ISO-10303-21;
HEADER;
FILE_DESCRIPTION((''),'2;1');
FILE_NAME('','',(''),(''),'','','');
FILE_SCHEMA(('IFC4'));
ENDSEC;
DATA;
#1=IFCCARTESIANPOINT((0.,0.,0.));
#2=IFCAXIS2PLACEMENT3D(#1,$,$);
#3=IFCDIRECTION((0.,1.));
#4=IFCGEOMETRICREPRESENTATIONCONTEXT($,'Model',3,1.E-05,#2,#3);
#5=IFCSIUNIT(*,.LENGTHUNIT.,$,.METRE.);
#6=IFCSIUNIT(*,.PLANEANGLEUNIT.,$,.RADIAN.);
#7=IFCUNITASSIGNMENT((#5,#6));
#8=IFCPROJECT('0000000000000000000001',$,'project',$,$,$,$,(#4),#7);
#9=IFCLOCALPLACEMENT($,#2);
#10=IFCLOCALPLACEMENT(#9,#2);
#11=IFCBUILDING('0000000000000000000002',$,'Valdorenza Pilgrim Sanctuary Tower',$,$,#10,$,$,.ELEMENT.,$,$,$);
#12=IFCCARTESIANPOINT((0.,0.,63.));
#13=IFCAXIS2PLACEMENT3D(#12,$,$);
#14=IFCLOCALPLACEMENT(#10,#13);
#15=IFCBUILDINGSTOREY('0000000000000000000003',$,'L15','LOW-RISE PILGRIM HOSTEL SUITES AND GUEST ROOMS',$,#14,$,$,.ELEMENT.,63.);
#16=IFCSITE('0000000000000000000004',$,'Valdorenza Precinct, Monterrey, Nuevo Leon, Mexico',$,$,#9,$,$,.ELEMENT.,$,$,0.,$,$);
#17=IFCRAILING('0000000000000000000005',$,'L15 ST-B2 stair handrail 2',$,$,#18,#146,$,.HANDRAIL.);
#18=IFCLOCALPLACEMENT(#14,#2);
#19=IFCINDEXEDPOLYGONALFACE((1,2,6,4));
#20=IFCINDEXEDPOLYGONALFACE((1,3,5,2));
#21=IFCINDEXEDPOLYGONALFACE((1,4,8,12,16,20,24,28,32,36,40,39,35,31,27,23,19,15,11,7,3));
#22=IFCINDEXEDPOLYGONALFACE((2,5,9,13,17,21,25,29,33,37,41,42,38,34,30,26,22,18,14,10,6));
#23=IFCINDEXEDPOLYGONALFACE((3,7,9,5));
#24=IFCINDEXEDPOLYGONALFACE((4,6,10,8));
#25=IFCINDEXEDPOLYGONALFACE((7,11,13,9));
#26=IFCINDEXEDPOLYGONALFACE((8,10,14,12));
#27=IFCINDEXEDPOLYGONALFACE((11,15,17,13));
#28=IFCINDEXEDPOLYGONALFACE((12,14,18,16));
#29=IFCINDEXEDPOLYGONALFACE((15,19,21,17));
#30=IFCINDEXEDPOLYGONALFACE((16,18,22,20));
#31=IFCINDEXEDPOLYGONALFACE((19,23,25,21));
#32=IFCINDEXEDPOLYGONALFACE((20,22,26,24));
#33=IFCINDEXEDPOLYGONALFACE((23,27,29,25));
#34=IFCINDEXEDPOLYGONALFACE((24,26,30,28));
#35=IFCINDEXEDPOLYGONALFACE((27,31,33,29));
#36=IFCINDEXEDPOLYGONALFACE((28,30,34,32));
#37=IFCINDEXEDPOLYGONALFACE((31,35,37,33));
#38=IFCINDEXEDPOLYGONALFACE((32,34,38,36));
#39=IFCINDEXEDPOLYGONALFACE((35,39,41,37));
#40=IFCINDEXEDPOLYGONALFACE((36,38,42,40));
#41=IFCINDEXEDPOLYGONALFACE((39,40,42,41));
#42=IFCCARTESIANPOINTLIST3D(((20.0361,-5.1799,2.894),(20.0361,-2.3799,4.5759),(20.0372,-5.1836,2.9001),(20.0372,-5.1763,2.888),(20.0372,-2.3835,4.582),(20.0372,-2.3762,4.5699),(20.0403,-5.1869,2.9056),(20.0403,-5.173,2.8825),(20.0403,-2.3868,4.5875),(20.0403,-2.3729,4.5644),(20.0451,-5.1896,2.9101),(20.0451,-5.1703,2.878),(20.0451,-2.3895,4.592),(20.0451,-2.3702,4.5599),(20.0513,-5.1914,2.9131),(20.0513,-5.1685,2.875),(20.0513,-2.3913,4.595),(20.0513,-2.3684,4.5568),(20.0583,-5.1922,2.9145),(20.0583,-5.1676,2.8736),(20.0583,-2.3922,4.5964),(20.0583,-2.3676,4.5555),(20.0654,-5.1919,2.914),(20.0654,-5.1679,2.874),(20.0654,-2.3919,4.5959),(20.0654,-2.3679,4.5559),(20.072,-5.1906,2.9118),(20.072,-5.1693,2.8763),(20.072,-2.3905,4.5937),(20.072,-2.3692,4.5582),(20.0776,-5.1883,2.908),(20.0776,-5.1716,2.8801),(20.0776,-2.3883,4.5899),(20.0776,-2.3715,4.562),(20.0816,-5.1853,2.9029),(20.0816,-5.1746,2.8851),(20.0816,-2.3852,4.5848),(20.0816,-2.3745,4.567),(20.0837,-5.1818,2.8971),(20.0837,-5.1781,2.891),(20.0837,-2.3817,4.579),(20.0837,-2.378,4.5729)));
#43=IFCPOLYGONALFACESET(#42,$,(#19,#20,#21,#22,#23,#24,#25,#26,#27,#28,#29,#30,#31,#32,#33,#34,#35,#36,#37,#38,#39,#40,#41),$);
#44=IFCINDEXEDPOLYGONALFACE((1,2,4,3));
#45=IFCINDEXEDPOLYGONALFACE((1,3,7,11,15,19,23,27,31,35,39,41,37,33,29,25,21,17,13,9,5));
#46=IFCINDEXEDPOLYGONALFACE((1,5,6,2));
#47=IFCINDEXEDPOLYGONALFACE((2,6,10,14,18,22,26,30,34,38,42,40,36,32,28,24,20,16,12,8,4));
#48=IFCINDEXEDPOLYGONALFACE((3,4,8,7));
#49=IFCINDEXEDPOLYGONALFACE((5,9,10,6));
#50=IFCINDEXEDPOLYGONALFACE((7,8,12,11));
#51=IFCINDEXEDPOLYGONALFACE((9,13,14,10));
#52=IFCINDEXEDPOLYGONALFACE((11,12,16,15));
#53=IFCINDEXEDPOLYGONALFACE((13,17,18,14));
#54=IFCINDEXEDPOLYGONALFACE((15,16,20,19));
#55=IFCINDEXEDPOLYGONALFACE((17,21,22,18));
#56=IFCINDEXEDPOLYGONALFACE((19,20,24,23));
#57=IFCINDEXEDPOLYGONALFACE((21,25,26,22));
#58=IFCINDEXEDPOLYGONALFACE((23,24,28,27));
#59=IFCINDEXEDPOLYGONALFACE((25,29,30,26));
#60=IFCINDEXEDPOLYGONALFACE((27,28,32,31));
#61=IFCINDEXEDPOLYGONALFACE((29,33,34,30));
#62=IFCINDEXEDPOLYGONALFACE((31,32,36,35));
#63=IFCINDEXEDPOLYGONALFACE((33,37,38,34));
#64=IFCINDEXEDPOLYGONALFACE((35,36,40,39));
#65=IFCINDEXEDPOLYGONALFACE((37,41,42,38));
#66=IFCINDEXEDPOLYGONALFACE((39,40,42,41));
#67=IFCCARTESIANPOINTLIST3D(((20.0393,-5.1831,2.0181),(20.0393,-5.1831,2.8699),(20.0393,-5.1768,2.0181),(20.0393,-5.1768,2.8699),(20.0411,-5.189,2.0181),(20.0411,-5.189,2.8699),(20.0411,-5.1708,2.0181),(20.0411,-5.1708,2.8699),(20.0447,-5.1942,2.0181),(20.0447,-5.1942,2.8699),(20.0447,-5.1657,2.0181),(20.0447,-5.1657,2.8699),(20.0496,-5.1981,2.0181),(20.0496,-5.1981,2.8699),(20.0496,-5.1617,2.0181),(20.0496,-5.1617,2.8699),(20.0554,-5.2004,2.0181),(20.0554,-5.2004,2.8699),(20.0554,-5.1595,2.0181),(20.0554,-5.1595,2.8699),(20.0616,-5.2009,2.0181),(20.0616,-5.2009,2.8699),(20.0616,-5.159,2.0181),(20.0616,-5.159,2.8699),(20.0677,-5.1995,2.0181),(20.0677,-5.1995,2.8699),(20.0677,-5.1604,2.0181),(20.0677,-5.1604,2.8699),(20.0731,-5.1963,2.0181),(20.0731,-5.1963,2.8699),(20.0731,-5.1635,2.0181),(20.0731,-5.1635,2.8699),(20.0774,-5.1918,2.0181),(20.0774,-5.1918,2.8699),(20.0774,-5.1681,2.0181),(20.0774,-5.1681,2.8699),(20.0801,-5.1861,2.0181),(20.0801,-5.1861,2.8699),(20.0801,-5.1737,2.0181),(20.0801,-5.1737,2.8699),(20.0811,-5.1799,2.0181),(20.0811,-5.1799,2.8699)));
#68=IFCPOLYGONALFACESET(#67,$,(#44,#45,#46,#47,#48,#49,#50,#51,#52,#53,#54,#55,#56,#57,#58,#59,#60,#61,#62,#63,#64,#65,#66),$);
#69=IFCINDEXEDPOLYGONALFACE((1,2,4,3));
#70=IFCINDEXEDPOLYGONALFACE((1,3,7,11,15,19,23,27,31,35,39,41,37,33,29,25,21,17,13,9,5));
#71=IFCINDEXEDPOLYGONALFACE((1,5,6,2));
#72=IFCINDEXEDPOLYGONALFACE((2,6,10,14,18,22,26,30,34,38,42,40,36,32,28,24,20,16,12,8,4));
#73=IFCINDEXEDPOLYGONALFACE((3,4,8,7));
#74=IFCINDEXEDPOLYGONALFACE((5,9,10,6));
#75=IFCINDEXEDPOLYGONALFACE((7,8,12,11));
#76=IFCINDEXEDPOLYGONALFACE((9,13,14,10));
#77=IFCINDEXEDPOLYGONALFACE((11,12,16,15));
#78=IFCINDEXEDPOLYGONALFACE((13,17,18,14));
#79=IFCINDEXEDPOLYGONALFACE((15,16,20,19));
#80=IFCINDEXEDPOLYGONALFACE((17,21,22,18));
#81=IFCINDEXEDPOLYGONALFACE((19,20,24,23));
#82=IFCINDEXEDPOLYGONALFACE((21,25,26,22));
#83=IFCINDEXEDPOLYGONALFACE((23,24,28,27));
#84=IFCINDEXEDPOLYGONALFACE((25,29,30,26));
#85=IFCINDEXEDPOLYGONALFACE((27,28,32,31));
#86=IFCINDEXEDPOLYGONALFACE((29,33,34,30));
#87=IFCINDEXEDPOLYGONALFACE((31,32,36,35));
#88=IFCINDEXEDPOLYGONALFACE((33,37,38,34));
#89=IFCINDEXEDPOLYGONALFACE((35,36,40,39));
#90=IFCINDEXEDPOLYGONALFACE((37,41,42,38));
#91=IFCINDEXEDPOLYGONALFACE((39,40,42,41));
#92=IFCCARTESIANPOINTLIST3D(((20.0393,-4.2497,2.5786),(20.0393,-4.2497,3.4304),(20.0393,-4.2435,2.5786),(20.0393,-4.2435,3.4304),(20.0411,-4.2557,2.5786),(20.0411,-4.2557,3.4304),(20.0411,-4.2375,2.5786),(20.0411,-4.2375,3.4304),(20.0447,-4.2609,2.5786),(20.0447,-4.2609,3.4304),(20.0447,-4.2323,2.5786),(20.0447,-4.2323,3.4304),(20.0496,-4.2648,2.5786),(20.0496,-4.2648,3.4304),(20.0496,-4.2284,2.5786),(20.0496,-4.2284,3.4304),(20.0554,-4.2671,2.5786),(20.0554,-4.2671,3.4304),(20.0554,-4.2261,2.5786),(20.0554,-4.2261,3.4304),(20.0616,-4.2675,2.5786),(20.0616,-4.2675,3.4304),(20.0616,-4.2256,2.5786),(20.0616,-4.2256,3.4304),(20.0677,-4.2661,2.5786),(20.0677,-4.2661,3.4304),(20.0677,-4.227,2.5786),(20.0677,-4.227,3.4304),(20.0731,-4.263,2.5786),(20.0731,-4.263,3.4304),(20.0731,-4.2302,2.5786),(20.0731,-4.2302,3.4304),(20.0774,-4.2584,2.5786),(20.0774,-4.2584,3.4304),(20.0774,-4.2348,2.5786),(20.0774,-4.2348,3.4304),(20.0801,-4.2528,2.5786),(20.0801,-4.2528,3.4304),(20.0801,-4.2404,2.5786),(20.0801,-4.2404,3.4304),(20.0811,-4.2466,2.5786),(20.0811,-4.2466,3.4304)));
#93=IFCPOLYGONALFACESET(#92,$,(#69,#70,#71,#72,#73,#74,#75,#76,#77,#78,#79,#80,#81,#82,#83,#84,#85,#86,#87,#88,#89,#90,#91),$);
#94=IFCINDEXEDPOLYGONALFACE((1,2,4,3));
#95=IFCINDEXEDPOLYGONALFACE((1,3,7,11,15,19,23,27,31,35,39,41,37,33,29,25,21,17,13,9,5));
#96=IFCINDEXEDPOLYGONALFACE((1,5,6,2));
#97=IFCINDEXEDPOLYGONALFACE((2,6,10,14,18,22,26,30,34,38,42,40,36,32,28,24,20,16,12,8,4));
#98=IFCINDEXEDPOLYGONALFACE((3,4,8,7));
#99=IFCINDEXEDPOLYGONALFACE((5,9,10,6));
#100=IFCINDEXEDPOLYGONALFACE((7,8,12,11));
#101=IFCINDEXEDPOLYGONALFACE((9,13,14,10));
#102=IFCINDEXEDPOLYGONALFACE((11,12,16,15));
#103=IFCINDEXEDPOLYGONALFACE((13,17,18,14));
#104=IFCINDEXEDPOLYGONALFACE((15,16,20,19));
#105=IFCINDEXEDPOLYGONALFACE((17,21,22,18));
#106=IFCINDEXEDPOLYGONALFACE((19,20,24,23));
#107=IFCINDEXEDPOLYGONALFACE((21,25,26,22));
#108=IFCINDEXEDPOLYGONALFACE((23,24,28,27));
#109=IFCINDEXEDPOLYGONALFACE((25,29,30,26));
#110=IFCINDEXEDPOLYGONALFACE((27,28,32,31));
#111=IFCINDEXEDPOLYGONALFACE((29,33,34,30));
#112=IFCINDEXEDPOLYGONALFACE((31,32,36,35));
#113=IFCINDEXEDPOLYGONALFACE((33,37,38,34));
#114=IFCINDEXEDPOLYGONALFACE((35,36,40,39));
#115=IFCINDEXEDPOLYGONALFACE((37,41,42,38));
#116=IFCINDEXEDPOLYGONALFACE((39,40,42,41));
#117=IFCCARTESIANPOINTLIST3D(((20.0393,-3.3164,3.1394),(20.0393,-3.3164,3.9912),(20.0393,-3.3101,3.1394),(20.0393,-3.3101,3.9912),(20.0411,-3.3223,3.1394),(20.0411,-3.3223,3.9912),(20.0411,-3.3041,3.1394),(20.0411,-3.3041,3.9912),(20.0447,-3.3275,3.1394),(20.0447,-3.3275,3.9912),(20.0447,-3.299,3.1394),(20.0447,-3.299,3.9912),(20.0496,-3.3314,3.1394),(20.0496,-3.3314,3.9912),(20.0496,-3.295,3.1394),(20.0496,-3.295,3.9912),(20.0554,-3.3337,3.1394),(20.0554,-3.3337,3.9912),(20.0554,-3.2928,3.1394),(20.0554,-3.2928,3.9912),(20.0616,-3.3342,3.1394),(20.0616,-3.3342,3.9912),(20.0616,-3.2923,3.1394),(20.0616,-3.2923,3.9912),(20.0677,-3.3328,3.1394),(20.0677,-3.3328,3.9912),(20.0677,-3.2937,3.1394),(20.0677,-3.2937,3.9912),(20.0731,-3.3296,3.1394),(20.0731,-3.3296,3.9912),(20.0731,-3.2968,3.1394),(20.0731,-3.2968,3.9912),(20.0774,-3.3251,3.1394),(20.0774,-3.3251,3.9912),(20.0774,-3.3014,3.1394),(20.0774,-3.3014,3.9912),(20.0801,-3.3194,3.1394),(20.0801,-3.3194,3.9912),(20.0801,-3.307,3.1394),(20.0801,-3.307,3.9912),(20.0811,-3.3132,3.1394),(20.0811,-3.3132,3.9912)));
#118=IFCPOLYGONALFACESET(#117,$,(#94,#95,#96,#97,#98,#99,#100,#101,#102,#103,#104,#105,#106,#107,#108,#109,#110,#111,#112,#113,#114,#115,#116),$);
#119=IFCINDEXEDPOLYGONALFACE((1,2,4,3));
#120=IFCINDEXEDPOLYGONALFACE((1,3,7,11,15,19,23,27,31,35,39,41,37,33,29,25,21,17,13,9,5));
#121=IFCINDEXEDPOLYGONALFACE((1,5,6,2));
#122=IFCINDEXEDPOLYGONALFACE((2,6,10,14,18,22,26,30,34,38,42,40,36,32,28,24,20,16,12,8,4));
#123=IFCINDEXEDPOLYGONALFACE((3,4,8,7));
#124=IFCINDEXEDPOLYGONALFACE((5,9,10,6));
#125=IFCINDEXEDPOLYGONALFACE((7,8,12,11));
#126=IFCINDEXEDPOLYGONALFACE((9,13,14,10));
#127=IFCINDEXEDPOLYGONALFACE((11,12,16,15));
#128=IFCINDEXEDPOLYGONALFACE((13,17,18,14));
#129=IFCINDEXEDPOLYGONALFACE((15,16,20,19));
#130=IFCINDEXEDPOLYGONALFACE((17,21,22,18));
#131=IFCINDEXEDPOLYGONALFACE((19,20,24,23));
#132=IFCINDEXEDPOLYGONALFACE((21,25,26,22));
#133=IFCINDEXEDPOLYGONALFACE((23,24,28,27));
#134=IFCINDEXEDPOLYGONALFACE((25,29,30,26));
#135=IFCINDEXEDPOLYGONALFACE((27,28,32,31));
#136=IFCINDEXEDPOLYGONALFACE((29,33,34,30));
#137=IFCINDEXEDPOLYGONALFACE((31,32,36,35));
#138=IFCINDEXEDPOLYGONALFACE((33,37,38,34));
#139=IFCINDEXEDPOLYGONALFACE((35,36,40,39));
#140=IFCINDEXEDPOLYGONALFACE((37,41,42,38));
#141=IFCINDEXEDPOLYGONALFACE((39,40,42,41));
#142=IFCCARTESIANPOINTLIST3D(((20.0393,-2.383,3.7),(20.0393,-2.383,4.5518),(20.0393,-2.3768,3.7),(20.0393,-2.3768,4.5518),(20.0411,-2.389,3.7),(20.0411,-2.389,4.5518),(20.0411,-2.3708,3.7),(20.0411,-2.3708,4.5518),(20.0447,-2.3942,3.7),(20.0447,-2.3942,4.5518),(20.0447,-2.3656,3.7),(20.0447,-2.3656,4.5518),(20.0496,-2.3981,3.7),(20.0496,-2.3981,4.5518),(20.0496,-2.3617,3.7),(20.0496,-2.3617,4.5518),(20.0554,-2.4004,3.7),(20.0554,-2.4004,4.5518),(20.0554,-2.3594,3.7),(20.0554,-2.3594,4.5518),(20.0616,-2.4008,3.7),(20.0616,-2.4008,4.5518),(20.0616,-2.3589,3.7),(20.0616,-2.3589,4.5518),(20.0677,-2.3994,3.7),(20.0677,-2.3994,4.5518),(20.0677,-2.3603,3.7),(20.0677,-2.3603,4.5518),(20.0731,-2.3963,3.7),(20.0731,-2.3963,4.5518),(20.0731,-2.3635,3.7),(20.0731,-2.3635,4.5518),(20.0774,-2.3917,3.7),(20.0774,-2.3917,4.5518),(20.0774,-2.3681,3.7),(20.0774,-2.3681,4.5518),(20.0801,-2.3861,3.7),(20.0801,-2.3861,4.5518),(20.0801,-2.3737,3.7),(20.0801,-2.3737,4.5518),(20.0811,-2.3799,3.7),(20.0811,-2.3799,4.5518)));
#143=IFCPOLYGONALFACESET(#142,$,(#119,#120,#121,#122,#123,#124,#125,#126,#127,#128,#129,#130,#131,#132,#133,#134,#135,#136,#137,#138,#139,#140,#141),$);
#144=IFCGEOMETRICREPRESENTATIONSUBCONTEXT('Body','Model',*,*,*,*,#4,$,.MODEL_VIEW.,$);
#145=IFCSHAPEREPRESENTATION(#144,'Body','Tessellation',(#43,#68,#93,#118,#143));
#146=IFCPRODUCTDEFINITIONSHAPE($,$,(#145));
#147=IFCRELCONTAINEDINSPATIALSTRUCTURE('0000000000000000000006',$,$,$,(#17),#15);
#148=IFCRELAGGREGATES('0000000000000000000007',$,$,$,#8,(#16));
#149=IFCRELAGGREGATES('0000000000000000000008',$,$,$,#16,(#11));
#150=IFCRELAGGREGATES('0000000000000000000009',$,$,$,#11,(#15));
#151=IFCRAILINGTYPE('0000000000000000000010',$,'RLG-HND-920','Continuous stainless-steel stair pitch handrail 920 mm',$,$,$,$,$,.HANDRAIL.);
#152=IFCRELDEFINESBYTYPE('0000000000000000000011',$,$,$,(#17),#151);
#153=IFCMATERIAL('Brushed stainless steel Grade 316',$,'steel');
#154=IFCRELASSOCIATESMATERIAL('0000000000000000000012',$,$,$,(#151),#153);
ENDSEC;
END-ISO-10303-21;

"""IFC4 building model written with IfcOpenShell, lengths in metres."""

from ifc_helpers import new_model, si_unit, direction, frame, origin, origin_2d, place, context, subcontext, project, spatial, circle, extrude, material, type_object, element, save


model = new_model("IFC4")

# Units and contexts
model_context = context("Model", 3, precision=1e-05, world=origin(), true_north=direction((0.0, 1.0)))
body_context = subcontext(model_context, "Body", "Model", "MODEL_VIEW")
ifc_project = project(units=[si_unit("LENGTHUNIT", "METRE"), si_unit("PLANEANGLEUNIT", "RADIAN")], contexts=[model_context])

# Site, building, storey
site_placement = place(None, origin())
site = spatial("IfcSite", under=ifc_project, at=site_placement, Name="Valdorenza Precinct, Monterrey, Nuevo Leon, Mexico", CompositionType="ELEMENT", RefElevation=0.0)
building_placement = place(site_placement, origin())
building = spatial("IfcBuilding", under=site, at=building_placement, Name="Valdorenza Pilgrim Sanctuary Tower", CompositionType="ELEMENT")
storey_placement = place(building_placement, frame((0.0, 0.0, 63.0)))
storey = spatial("IfcBuildingStorey", under=building, at=storey_placement, Name="L15", Description="LOW-RISE PILGRIM HOSTEL SUITES AND GUEST ROOMS", CompositionType="ELEMENT", Elevation=63.0)

# Shared definitions
ifc_material_1 = material(Name="Brushed stainless steel Grade 316", Category="steel")

# Railing
railing_type_1 = type_object("IfcRailingType", Name="RLG-HND-920", Description="Continuous stainless-steel stair pitch handrail 920 mm", PredefinedType="HANDRAIL", material=ifc_material_1)
railing_1_placement = place(storey_placement, frame((20.0601, -5.1799, 2.0181)))
element("IfcRailing", 1, at=railing_1_placement, inside=storey, type_object=railing_type_1, Name="L15 ST-B2 stair handrail 2", PredefinedType="HANDRAIL", context=body_context, shape_type="SweptSolid", body=[
    extrude(circle(Radius=0.0239, at=origin_2d()), frame((0.0, 0.0, 0.876), z_axis=(0.0, 0.857242, 0.514913), x_axis=(-1.0, 0.0, 0.0)), (0.0, 0.0, 1.0), 3.2664),
    extrude(circle(Radius=0.021, at=origin_2d()), origin(), (0.0, 0.0, 1.0), 0.8518),
    extrude(circle(Radius=0.021, at=origin_2d()), frame((0.0, 0.9333, 0.5605)), (0.0, 0.0, 1.0), 0.8518),
    extrude(circle(Radius=0.021, at=origin_2d()), frame((0.0, 1.8667, 1.1213)), (0.0, 0.0, 1.0), 0.8518),
    extrude(circle(Radius=0.021, at=origin_2d()), frame((0.0, 2.8, 1.6819)), (0.0, 0.0, 1.0), 0.8518),
])

save(model, "model.ifc")
